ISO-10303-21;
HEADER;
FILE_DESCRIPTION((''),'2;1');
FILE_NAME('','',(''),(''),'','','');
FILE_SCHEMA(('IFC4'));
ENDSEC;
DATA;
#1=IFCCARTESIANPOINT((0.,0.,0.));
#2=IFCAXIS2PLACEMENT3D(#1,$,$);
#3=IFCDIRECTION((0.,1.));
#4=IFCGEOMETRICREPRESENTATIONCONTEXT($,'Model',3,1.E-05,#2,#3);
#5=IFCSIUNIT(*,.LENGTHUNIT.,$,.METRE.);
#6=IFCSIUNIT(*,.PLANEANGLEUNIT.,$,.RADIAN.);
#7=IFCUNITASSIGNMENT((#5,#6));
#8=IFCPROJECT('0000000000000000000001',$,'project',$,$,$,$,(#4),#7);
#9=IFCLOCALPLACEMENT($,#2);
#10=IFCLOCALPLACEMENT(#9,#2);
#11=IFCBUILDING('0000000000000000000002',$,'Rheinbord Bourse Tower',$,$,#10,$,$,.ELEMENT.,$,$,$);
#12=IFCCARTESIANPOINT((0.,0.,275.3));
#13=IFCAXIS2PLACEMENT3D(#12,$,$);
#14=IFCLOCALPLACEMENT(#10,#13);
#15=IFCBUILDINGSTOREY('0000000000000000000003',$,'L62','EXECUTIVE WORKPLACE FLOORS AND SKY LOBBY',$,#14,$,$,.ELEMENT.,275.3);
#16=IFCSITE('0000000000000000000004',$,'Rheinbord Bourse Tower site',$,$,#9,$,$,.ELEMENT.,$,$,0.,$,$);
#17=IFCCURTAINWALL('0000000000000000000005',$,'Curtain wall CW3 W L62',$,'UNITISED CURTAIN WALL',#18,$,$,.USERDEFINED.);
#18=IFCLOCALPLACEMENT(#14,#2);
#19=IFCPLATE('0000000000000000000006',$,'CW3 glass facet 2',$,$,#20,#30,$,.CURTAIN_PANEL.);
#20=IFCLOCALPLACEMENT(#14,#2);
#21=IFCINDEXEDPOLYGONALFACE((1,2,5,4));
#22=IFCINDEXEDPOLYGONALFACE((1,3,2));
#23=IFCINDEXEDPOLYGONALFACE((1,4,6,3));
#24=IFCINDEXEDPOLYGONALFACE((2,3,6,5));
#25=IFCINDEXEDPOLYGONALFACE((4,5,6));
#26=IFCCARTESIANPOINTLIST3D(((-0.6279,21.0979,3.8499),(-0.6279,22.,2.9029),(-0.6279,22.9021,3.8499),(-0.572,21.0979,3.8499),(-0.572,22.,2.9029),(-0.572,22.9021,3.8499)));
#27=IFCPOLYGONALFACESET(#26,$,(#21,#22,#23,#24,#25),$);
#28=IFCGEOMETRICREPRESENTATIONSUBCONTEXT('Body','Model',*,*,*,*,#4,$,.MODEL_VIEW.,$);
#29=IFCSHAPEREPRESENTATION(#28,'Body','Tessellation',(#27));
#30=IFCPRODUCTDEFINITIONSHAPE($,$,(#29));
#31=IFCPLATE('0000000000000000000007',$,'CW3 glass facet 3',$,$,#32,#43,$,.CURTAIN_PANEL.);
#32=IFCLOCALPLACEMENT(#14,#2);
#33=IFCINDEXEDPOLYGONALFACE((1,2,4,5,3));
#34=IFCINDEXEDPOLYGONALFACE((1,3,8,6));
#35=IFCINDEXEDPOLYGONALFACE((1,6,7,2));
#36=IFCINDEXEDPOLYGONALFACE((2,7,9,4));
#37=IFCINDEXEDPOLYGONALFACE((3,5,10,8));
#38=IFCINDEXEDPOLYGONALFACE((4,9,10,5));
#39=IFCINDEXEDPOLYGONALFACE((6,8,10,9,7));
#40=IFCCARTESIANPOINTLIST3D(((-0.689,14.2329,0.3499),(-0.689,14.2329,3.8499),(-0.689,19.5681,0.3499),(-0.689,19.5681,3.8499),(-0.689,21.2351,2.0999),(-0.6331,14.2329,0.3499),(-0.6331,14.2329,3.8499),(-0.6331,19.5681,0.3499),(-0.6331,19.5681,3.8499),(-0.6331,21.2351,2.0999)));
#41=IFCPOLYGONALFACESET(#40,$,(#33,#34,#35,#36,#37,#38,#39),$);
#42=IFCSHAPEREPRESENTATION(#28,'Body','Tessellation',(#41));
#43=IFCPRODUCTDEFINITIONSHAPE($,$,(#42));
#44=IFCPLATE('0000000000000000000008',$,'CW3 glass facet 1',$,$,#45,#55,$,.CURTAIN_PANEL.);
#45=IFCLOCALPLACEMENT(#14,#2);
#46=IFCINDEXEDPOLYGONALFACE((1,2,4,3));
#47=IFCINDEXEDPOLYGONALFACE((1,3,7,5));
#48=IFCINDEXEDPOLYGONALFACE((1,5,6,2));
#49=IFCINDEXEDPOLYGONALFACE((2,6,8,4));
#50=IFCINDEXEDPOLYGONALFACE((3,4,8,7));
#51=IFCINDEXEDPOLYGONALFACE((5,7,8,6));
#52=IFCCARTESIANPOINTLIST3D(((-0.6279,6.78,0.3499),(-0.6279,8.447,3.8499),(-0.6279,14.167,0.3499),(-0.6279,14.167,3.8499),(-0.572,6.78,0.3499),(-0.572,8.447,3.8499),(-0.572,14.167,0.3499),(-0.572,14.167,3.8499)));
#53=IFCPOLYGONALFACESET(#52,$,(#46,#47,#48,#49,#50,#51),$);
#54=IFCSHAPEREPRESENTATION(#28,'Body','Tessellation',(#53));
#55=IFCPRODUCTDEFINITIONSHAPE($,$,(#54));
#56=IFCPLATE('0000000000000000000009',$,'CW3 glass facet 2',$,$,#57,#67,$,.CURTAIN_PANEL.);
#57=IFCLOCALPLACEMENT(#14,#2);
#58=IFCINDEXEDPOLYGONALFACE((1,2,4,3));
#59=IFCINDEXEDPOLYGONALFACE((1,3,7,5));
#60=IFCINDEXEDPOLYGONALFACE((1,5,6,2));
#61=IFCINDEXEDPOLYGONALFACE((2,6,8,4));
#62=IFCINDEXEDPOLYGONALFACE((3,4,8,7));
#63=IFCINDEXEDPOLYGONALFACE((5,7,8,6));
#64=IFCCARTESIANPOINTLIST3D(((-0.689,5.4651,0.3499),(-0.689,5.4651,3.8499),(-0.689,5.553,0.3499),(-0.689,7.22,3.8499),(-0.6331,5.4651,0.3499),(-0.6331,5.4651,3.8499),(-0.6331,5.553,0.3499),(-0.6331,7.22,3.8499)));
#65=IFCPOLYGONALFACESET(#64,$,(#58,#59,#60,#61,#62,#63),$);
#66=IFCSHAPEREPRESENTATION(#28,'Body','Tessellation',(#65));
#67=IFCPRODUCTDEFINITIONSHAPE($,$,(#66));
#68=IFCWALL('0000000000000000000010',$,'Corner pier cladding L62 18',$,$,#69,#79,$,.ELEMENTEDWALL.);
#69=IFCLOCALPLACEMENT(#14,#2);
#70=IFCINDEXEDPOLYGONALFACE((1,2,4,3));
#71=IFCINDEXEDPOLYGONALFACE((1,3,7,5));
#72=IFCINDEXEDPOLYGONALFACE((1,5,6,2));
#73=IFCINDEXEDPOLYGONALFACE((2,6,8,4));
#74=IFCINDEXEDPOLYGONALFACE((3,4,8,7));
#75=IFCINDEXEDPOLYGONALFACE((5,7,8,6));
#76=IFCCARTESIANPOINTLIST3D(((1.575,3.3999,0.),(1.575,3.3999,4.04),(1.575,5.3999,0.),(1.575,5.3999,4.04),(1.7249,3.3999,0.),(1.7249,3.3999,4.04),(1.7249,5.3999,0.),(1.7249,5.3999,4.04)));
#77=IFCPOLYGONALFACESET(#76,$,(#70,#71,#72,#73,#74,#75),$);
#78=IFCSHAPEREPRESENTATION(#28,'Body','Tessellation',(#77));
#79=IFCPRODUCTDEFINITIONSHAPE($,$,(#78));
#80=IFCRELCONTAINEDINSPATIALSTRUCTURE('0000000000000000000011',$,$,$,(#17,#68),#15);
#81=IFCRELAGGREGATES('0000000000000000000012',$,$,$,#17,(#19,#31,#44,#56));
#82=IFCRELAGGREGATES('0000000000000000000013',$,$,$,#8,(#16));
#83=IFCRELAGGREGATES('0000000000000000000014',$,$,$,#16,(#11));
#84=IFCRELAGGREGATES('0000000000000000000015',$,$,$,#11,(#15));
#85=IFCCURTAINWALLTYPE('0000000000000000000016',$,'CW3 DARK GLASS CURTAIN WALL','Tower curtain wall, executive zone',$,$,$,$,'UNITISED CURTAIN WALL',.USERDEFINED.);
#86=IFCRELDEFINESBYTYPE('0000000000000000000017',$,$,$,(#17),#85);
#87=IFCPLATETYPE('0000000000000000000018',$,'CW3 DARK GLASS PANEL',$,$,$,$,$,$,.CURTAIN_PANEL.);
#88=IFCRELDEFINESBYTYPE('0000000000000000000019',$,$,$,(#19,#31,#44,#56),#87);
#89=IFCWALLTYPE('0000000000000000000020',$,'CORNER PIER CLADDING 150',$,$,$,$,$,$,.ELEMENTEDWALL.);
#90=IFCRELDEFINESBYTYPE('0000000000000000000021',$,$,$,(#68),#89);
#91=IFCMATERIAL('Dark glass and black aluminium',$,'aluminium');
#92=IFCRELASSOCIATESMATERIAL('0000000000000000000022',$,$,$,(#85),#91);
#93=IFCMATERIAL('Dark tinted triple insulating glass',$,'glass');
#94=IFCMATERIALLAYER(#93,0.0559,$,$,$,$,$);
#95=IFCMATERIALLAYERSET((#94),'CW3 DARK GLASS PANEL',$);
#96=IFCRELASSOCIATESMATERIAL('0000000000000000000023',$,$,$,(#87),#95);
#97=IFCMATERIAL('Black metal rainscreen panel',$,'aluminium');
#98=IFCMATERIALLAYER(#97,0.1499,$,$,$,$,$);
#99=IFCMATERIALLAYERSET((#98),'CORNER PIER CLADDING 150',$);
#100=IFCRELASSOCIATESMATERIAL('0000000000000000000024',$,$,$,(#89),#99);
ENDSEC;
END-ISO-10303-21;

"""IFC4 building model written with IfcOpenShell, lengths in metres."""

from ifc_helpers import new_model, si_unit, direction, frame, frame_2d, origin, place, context, subcontext, project, spatial, polyline, rectangle, outline, extrude, material, layer, layer_set, type_object, element, aggregate, save


model = new_model("IFC4")

# Units and contexts
model_context = context("Model", 3, precision=1e-05, world=origin(), true_north=direction((0.0, 1.0)))
body_context = subcontext(model_context, "Body", "Model", "MODEL_VIEW")
ifc_project = project(units=[si_unit("LENGTHUNIT", "METRE"), si_unit("PLANEANGLEUNIT", "RADIAN")], contexts=[model_context])

# Site, building, storey
site_placement = place(None, origin())
site = spatial("IfcSite", under=ifc_project, at=site_placement, Name="Rheinbord Bourse Tower site", CompositionType="ELEMENT", RefElevation=0.0)
building_placement = place(site_placement, origin())
building = spatial("IfcBuilding", under=site, at=building_placement, Name="Rheinbord Bourse Tower", CompositionType="ELEMENT")
storey_placement = place(building_placement, frame((0.0, 0.0, 275.3)))
storey = spatial("IfcBuildingStorey", under=building, at=storey_placement, Name="L62", Description="EXECUTIVE WORKPLACE FLOORS AND SKY LOBBY", CompositionType="ELEMENT", Elevation=275.3)

# Curtain wall
ifc_material_1 = material(Name="Dark glass and black aluminium", Category="aluminium")
curtain_wall_type = type_object("IfcCurtainWallType", Name="CW3 DARK GLASS CURTAIN WALL", Description="Tower curtain wall, executive zone", ElementType="UNITISED CURTAIN WALL", PredefinedType="USERDEFINED", material=ifc_material_1)
curtain_wall_placement = place(storey_placement, origin())
curtain_wall = element("IfcCurtainWall", 1, at=curtain_wall_placement, inside=storey, type_object=curtain_wall_type, Name="Curtain wall CW3 W L62", ObjectType="UNITISED CURTAIN WALL", PredefinedType="USERDEFINED")

# Plates
ifc_material_2 = material(Name="Dark tinted triple insulating glass", Category="glass")
ifc_layer_1 = layer(ifc_material_2, 0.0559)
ifc_layer_set_1 = layer_set([ifc_layer_1], Name="CW3 DARK GLASS PANEL")
plate_type = type_object("IfcPlateType", Name="CW3 DARK GLASS PANEL", PredefinedType="CURTAIN_PANEL", material=ifc_layer_set_1)
plate_1_placement = place(storey_placement, frame((-0.6279, 21.0979, 3.8499), z_axis=(1.0, 0.0, 0.0), x_axis=(0.0, 0.689725, -0.724071)))
plate_1 = element("IfcPlate", 2, at=plate_1_placement, type_object=plate_type, Name="CW3 glass facet 2", PredefinedType="CURTAIN_PANEL", context=body_context, shape_type="SweptSolid", body=[
    extrude(outline(polyline([(0.0, 0.0), (1.3079, 0.0), (1.2444, 1.3064), (0.0, 0.0)])), origin(), (0.0, 0.0, 1.0), 0.0559),
])
plate_2_placement = place(storey_placement, frame((-0.689, 14.2329, 3.8499), z_axis=(1.0, 0.0, 0.0), x_axis=(0.0, 0.0, -1.0)))
plate_2 = element("IfcPlate", 3, at=plate_2_placement, type_object=plate_type, Name="CW3 glass facet 3", PredefinedType="CURTAIN_PANEL", context=body_context, shape_type="SweptSolid", body=[
    extrude(outline(polyline([(0.0, 0.0), (3.5, 0.0), (3.5, 5.3352), (1.75, 7.0022), (0.0, 5.3352), (0.0, 0.0)])), origin(), (0.0, 0.0, 1.0), 0.0559),
])
plate_3_placement = place(storey_placement, frame((-0.6279, 14.167, 0.3499), z_axis=(1.0, 0.0, 0.0), x_axis=(0.0, 0.0, 1.0)))
plate_3 = element("IfcPlate", 4, at=plate_3_placement, type_object=plate_type, Name="CW3 glass facet 1", PredefinedType="CURTAIN_PANEL", context=body_context, shape_type="SweptSolid", body=[
    extrude(outline(polyline([(0.0, 0.0), (3.5, 0.0), (3.5, 5.72), (0.0, 7.387), (0.0, 0.0)])), origin(), (0.0, 0.0, 1.0), 0.0559),
])
plate_4_placement = place(storey_placement, frame((-0.689, 5.4651, 3.8499), z_axis=(1.0, 0.0, 0.0), x_axis=(0.0, 0.0, -1.0)))
plate_4 = element("IfcPlate", 5, at=plate_4_placement, type_object=plate_type, Name="CW3 glass facet 2", PredefinedType="CURTAIN_PANEL", context=body_context, shape_type="SweptSolid", body=[
    extrude(outline(polyline([(0.0, 0.0), (3.5, 0.0), (3.5, 0.0879), (0.0, 1.7549), (0.0, 0.0)])), origin(), (0.0, 0.0, 1.0), 0.0559),
])
aggregate(curtain_wall, [plate_1, plate_2, plate_3, plate_4])

# Wall
ifc_material_3 = material(Name="Black metal rainscreen panel", Category="aluminium")
ifc_layer_2 = layer(ifc_material_3, 0.1499)
ifc_layer_set_2 = layer_set([ifc_layer_2], Name="CORNER PIER CLADDING 150")
wall_type = type_object("IfcWallType", Name="CORNER PIER CLADDING 150", PredefinedType="ELEMENTEDWALL", material=ifc_layer_set_2)
wall_placement = place(storey_placement, frame((1.6499, 5.3999, 0.0), z_axis=(0.0, 0.0, 1.0), x_axis=(0.0, -1.0, 0.0)))
element("IfcWall", 6, at=wall_placement, inside=storey, type_object=wall_type, Name="Corner pier cladding L62 18", PredefinedType="ELEMENTEDWALL", context=body_context, shape_type="SweptSolid", body=[
    extrude(rectangle(XDim=2.0, YDim=0.1499, at=frame_2d((1.0, 0.0))), origin(), (0.0, 0.0, 1.0), 4.04),
])

save(model, "model.ifc")
